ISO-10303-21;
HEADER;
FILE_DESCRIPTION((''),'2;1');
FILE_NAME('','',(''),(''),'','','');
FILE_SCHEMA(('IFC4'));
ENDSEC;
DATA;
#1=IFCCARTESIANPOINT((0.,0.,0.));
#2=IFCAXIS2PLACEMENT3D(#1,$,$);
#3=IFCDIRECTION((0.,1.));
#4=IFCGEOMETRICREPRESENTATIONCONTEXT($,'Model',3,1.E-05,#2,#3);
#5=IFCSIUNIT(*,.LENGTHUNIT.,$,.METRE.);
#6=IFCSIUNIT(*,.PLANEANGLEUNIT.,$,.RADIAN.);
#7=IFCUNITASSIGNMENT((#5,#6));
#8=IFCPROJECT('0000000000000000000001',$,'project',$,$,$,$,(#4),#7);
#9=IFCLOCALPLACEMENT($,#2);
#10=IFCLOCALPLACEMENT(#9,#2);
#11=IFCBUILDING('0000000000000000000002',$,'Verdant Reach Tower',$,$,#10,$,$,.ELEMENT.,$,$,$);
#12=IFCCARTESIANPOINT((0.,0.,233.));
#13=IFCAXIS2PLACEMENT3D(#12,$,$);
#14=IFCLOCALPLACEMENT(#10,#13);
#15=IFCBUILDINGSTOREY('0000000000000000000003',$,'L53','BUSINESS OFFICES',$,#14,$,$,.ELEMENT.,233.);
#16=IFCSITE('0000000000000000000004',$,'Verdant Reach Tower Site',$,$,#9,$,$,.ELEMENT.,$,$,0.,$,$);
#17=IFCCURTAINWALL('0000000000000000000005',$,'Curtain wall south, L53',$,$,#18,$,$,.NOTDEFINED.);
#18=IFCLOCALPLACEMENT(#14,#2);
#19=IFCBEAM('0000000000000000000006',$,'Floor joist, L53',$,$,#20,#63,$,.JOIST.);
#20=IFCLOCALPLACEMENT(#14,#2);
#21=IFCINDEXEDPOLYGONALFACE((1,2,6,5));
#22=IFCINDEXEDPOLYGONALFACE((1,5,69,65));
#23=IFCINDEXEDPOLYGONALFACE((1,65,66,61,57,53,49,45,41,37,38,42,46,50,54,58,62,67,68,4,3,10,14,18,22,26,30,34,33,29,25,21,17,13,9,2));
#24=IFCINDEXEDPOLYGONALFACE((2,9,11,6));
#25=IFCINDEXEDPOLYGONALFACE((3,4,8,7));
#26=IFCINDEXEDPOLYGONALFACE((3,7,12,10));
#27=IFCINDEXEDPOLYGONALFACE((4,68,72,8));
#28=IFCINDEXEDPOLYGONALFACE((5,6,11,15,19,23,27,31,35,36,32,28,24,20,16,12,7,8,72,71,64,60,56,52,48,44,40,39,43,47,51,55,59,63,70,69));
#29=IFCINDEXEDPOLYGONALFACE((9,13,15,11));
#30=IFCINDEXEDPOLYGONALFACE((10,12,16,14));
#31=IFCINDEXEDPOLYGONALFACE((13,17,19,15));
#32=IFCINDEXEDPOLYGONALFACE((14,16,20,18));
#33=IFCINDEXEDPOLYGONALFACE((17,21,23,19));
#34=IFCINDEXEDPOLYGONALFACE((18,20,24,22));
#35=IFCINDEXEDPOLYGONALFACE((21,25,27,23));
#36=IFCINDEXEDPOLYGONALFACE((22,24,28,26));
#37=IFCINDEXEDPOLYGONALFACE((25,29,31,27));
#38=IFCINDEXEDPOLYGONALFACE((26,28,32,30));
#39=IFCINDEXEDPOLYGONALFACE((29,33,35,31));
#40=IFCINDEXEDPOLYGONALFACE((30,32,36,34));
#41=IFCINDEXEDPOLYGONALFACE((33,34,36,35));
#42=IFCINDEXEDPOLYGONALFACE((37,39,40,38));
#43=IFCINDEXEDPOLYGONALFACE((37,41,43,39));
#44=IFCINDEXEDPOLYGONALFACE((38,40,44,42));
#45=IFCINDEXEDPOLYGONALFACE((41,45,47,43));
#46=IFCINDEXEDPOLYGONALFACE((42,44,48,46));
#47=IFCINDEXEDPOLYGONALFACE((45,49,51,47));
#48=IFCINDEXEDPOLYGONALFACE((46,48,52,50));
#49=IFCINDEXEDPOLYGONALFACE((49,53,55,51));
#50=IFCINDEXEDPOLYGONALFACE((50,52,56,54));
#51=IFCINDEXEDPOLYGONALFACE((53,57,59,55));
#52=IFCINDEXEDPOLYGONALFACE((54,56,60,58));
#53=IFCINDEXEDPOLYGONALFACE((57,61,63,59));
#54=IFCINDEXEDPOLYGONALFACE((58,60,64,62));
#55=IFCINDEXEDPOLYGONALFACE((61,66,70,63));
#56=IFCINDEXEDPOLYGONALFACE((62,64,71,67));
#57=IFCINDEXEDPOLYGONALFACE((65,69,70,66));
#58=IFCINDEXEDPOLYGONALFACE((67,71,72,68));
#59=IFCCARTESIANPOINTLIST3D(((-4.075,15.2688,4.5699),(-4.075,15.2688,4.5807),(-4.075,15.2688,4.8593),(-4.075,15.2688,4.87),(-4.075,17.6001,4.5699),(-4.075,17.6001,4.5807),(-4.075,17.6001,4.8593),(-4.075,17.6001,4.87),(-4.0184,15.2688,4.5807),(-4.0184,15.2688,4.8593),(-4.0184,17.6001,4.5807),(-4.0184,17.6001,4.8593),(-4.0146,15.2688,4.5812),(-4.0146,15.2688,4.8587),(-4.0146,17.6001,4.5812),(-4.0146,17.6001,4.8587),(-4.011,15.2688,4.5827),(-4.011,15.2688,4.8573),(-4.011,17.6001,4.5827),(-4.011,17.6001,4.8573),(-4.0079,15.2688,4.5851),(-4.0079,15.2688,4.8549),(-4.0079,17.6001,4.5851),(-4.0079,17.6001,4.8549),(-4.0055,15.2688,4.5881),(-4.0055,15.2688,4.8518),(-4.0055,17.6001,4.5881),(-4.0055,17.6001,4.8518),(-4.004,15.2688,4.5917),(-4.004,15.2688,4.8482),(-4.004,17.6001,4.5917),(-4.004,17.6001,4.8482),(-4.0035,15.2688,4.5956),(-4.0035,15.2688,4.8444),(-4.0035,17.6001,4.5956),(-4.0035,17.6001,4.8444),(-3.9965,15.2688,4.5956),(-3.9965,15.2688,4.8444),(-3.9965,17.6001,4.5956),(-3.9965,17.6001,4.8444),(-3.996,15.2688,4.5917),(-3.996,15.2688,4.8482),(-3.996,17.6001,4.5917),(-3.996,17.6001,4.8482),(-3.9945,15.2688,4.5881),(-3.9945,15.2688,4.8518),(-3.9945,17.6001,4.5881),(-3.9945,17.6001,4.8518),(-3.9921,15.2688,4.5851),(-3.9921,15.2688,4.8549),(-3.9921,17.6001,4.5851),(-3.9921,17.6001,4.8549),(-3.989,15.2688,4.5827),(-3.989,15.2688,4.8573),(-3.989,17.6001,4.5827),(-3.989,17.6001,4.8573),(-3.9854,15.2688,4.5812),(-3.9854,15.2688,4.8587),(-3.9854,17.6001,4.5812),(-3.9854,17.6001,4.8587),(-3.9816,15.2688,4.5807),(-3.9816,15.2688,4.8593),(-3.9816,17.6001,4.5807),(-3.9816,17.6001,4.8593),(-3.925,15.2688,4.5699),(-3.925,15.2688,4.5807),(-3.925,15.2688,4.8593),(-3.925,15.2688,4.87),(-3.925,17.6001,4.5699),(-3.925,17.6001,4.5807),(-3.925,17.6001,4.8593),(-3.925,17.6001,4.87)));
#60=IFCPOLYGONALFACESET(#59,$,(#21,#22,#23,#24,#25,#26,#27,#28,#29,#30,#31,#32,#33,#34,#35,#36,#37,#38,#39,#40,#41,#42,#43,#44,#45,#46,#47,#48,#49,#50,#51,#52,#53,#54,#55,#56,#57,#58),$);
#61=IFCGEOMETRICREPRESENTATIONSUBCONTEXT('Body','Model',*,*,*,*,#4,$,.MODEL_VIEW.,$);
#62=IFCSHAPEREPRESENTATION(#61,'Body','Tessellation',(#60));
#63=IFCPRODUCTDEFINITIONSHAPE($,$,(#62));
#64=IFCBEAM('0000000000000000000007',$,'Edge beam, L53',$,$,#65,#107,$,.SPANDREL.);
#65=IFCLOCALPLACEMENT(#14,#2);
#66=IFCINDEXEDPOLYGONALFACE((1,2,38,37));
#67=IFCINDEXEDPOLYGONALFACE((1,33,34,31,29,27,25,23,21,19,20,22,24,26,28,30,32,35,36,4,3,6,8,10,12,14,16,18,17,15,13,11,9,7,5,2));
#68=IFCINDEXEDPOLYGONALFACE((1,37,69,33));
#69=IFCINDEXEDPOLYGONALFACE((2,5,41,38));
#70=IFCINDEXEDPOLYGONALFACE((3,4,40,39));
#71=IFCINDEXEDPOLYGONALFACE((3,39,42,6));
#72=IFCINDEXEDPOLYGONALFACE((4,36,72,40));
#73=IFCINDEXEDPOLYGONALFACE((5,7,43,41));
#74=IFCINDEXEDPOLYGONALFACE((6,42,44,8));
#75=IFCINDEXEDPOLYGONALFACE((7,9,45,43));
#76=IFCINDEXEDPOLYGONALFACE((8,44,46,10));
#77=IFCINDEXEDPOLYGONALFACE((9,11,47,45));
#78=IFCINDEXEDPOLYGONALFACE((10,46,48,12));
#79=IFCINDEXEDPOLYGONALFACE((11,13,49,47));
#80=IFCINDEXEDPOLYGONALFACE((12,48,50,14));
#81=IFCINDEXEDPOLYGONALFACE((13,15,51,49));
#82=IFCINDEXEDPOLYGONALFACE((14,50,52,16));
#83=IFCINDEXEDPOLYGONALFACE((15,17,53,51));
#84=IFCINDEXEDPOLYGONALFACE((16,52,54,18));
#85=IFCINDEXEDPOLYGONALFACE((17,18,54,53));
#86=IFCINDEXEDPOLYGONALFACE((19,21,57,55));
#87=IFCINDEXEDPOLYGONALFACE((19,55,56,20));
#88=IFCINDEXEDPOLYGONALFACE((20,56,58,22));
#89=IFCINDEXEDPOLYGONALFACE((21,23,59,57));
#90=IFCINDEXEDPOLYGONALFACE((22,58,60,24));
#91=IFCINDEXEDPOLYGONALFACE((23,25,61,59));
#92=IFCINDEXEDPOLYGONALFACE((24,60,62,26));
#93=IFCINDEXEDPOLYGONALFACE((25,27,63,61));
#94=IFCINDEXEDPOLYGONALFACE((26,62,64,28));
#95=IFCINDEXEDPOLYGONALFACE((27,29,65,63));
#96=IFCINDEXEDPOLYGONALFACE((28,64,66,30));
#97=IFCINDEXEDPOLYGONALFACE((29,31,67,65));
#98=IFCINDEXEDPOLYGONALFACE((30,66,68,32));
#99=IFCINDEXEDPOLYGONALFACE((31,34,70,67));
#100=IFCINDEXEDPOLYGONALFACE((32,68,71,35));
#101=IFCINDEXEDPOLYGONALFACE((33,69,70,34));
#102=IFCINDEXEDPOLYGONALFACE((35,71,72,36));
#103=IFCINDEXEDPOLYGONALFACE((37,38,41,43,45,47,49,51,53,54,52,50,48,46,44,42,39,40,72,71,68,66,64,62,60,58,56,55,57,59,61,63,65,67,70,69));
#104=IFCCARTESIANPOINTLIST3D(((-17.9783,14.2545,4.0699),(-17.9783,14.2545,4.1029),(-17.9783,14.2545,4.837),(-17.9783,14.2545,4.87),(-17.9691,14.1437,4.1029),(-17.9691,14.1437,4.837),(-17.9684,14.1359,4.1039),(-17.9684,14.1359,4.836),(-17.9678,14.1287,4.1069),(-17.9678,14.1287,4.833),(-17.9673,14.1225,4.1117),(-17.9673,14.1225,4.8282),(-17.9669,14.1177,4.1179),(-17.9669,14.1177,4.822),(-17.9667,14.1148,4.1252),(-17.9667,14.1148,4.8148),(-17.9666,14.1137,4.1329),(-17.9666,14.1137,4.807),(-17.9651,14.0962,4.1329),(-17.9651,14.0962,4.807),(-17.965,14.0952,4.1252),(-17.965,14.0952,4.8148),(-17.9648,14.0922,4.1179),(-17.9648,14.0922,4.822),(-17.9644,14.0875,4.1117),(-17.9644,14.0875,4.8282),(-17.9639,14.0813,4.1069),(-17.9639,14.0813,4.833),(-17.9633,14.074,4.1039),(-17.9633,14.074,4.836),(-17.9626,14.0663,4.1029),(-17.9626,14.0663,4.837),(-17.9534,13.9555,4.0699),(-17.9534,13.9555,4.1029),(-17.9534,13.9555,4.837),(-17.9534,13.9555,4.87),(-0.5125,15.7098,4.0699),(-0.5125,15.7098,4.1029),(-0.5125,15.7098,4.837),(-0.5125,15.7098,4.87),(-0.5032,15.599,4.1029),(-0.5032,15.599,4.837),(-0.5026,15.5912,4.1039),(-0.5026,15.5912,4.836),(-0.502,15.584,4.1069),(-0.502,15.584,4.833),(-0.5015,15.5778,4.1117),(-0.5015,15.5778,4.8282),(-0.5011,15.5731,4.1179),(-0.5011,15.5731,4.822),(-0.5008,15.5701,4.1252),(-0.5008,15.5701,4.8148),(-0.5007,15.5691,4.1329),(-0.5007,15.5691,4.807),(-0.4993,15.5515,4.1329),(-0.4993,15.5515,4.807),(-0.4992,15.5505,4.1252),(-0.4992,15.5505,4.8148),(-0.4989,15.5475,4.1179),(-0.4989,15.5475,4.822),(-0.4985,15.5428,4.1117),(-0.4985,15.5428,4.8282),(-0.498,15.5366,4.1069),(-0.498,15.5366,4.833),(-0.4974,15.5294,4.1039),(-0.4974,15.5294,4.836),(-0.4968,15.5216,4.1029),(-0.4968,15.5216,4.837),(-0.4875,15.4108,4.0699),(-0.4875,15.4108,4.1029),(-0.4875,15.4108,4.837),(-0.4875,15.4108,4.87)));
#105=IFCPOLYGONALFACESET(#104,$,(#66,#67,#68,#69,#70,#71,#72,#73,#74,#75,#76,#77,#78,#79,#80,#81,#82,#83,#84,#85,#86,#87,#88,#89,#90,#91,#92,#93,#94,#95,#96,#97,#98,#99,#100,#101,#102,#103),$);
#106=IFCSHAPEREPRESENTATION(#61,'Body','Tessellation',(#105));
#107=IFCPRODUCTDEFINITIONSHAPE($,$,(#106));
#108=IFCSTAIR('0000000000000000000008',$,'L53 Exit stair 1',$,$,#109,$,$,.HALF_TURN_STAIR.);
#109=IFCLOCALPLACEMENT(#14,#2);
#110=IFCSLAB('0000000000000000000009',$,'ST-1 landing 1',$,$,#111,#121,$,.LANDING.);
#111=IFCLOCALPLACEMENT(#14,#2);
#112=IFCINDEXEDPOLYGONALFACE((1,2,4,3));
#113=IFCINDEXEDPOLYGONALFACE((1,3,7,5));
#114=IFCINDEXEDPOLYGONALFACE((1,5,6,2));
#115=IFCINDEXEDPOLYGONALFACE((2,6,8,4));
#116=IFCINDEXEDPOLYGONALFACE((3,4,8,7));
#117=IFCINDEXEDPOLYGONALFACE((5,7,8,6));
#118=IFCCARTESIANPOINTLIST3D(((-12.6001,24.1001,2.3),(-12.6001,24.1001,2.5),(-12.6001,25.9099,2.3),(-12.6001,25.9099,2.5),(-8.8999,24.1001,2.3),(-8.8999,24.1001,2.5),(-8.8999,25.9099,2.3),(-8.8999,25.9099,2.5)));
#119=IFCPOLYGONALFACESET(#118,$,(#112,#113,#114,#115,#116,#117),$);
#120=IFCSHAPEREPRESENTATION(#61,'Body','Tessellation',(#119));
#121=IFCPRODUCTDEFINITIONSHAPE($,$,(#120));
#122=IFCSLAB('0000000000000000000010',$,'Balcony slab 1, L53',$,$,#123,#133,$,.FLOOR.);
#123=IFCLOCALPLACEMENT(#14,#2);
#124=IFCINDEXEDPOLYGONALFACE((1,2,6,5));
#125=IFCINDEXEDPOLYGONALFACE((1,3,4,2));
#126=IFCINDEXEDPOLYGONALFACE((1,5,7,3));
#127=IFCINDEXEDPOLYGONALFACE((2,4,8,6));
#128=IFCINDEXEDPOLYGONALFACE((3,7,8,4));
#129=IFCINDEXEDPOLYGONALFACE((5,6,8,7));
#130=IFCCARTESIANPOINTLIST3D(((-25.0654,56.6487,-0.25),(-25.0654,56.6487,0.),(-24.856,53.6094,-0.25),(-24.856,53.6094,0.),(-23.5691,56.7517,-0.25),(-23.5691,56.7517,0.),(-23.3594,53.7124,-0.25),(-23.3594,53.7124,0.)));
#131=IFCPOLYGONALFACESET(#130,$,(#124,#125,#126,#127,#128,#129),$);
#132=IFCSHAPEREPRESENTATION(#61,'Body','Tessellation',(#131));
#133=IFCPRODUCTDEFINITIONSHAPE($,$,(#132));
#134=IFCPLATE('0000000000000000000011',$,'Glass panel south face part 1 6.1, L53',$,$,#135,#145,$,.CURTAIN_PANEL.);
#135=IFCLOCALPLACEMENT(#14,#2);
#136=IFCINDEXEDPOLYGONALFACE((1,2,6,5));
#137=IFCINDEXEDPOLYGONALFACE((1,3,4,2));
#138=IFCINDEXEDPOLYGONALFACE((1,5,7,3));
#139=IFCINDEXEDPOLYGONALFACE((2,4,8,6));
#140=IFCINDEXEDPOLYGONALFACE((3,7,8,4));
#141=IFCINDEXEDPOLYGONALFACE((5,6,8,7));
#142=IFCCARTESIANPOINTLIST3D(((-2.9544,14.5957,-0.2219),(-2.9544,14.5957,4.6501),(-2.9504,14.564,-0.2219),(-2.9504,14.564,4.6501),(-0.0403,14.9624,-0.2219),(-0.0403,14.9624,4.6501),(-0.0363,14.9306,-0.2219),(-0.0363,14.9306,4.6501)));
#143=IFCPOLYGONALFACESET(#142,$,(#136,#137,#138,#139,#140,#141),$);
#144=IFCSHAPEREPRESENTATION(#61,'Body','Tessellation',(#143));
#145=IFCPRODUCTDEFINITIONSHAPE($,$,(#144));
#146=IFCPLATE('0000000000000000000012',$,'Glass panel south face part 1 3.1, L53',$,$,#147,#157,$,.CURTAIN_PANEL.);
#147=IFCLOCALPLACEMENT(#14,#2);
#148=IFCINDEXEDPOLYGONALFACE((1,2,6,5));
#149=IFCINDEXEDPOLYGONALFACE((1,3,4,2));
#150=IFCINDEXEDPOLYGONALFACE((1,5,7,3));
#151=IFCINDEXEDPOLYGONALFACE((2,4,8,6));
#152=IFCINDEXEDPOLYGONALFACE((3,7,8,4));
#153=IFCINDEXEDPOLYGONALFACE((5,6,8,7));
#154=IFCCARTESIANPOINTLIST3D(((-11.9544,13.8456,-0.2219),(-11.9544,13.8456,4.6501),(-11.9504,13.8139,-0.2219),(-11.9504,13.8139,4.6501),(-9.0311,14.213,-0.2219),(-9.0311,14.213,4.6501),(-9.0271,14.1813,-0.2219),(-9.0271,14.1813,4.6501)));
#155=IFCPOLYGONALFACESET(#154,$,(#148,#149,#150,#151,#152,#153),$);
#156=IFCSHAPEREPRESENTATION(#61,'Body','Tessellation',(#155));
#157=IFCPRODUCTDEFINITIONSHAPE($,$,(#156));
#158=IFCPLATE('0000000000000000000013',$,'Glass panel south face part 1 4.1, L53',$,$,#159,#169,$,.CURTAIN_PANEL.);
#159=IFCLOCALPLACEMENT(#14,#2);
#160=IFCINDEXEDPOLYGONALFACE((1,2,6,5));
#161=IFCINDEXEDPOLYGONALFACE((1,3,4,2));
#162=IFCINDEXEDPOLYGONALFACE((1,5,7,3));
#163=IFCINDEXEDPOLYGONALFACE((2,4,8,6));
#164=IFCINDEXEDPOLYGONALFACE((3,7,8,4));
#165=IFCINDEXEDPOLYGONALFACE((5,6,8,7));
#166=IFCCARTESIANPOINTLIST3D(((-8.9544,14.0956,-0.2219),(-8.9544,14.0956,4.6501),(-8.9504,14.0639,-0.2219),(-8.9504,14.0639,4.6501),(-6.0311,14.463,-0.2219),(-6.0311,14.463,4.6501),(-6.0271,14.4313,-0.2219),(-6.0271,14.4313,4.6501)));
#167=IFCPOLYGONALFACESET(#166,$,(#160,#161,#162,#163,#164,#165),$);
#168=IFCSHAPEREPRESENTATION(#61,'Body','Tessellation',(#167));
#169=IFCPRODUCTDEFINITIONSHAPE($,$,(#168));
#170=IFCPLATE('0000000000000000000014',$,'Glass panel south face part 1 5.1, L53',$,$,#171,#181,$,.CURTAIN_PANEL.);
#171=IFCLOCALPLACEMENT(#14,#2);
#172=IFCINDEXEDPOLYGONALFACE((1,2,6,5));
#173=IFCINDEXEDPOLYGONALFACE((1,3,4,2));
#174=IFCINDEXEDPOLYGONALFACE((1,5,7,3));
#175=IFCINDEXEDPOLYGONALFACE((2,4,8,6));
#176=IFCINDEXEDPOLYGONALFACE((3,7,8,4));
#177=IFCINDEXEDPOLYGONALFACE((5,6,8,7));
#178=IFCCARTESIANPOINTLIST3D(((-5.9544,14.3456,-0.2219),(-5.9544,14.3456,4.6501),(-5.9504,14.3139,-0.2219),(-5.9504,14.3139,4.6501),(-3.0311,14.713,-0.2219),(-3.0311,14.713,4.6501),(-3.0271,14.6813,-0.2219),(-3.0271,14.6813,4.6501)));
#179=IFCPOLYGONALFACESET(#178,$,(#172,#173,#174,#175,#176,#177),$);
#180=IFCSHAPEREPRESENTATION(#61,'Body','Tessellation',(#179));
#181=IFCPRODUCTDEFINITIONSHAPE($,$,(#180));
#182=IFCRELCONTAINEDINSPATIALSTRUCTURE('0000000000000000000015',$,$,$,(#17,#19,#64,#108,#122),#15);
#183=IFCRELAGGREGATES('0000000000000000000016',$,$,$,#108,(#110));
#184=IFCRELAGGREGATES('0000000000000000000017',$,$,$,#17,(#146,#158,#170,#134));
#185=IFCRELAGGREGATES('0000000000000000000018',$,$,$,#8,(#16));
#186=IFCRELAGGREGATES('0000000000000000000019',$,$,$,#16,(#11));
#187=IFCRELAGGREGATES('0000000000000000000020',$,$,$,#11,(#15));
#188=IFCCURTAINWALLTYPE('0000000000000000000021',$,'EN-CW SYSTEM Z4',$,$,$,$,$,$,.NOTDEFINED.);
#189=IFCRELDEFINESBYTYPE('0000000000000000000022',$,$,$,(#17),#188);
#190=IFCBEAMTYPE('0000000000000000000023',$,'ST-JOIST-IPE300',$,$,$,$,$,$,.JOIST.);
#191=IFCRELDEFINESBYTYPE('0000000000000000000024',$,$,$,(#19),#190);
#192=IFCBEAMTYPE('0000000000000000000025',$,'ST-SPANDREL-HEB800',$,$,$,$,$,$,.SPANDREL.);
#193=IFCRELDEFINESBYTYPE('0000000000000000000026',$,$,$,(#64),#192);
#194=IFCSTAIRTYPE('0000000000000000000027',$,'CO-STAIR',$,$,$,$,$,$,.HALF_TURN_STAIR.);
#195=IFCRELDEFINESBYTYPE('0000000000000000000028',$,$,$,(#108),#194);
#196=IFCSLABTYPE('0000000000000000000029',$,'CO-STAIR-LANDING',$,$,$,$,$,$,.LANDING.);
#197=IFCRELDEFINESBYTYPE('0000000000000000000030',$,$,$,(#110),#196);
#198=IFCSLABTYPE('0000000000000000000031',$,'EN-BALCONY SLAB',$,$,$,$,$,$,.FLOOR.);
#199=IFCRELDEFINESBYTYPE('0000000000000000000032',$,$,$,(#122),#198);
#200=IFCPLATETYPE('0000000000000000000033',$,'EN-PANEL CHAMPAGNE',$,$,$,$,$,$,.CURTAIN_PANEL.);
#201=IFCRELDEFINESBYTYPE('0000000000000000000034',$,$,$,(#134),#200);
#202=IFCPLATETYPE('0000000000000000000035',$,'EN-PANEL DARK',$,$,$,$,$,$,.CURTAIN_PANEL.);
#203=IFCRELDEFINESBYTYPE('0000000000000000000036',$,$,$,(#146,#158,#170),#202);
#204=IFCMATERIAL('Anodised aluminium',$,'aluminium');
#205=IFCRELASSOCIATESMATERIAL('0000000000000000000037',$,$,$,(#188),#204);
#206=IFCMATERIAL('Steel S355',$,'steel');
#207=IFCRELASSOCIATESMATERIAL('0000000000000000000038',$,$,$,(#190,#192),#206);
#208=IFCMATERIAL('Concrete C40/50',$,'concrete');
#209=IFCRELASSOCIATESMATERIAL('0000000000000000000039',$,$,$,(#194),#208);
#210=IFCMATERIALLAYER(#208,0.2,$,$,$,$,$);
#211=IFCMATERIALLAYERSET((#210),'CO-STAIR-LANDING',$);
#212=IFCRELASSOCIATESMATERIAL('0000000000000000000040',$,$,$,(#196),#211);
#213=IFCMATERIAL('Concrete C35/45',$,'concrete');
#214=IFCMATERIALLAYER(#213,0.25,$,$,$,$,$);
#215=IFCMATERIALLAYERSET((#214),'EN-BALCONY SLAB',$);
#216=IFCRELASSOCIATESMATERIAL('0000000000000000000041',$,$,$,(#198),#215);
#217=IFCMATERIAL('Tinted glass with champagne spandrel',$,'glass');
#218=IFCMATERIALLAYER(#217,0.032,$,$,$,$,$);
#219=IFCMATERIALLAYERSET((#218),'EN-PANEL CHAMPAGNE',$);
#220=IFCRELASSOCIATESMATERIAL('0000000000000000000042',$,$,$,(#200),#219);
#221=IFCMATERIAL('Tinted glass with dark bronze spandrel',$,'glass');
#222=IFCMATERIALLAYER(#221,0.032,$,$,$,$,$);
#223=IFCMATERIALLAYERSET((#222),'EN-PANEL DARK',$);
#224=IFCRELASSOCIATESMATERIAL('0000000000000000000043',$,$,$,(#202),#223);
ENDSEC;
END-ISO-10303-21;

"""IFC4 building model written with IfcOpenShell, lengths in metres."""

from ifc_helpers import new_model, si_unit, direction, frame, origin, origin_2d, place, context, subcontext, project, spatial, polyline, rectangle, i_section, outline, extrude, material, layer, layer_set, material_profile, profile_set, type_object, element, aggregate, save


model = new_model("IFC4")

# Units and contexts
model_context = context("Model", 3, precision=1e-05, world=origin(), true_north=direction((0.0, 1.0)))
body_context = subcontext(model_context, "Body", "Model", "MODEL_VIEW")
ifc_project = project(units=[si_unit("LENGTHUNIT", "METRE"), si_unit("PLANEANGLEUNIT", "RADIAN")], contexts=[model_context])

# Site, building, storey
site_placement = place(None, origin())
site = spatial("IfcSite", under=ifc_project, at=site_placement, Name="Verdant Reach Tower Site", CompositionType="ELEMENT", RefElevation=0.0)
building_placement = place(site_placement, origin())
building = spatial("IfcBuilding", under=site, at=building_placement, Name="Verdant Reach Tower", CompositionType="ELEMENT")
storey_placement = place(building_placement, frame((0.0, 0.0, 233.0)))
storey = spatial("IfcBuildingStorey", under=building, at=storey_placement, Name="L53", Description="BUSINESS OFFICES", CompositionType="ELEMENT", Elevation=233.0)

# Curtain wall
ifc_material_1 = material(Name="Anodised aluminium", Category="aluminium")
curtain_wall_type = type_object("IfcCurtainWallType", Name="EN-CW SYSTEM Z4", PredefinedType="NOTDEFINED", material=ifc_material_1)
curtain_wall_placement = place(storey_placement, origin())
curtain_wall = element("IfcCurtainWall", 1, at=curtain_wall_placement, inside=storey, type_object=curtain_wall_type, Name="Curtain wall south, L53", PredefinedType="NOTDEFINED")

# Beams
ifc_material_2 = material(Name="Steel S355", Category="steel")
ifc_material_profile_1 = material_profile(ifc_material_2, i_section(OverallWidth=0.1499, OverallDepth=0.3, WebThickness=0.0071, FlangeThickness=0.0107, FilletRadius=0.0149, at=origin_2d()), Name="IPE 300")
ifc_profile_set_1 = profile_set([ifc_material_profile_1], Name="Steel S355")
beam_type_1 = type_object("IfcBeamType", Name="ST-JOIST-IPE300", PredefinedType="JOIST", material=ifc_profile_set_1)
beam_1_placement = place(storey_placement, frame((-4.0, 17.6001, 4.72), z_axis=(0.0, -1.0, 0.0), x_axis=(1.0, 0.0, 0.0)))
element("IfcBeam", 2, at=beam_1_placement, inside=storey, type_object=beam_type_1, Name="Floor joist, L53", PredefinedType="JOIST", context=body_context, shape_type="SweptSolid", body=[
    extrude(i_section(OverallWidth=0.1499, OverallDepth=0.3, WebThickness=0.0071, FlangeThickness=0.0107, FilletRadius=0.0149, at=origin_2d()), origin(), (0.0, 0.0, 1.0), 2.3313),
])
ifc_material_profile_2 = material_profile(ifc_material_2, i_section(OverallWidth=0.3, OverallDepth=0.8, WebThickness=0.0176, FlangeThickness=0.033, FilletRadius=0.03, at=origin_2d()), Name="HEB 800")
ifc_profile_set_2 = profile_set([ifc_material_profile_2], Name="Steel S355")
beam_type_2 = type_object("IfcBeamType", Name="ST-SPANDREL-HEB800", PredefinedType="SPANDREL", material=ifc_profile_set_2)
beam_2_placement = place(storey_placement, frame((-0.5, 15.5603, 4.47), z_axis=(-0.996547, -0.083036, 0.0), x_axis=(0.083036, -0.996547, 0.0)))
element("IfcBeam", 3, at=beam_2_placement, inside=storey, type_object=beam_type_2, Name="Edge beam, L53", PredefinedType="SPANDREL", context=body_context, shape_type="SweptSolid", body=[
    extrude(i_section(OverallWidth=0.3, OverallDepth=0.8, WebThickness=0.0176, FlangeThickness=0.033, FilletRadius=0.03, at=origin_2d()), origin(), (0.0, 0.0, 1.0), 17.5264),
])

# Stair, slab
ifc_material_3 = material(Name="Concrete C40/50", Category="concrete")
stair_type = type_object("IfcStairType", Name="CO-STAIR", PredefinedType="HALF_TURN_STAIR", material=ifc_material_3)
stair_placement = place(storey_placement, origin())
stair = element("IfcStair", 4, at=stair_placement, inside=storey, type_object=stair_type, Name="L53 Exit stair 1", PredefinedType="HALF_TURN_STAIR")
ifc_layer_1 = layer(ifc_material_3, 0.2)
ifc_layer_set_1 = layer_set([ifc_layer_1], Name="CO-STAIR-LANDING")
slab_type_1 = type_object("IfcSlabType", Name="CO-STAIR-LANDING", PredefinedType="LANDING", material=ifc_layer_set_1)
slab_1_placement = place(storey_placement, frame((0.0, 0.0, 2.3)))
slab_1 = element("IfcSlab", 5, at=slab_1_placement, type_object=slab_type_1, Name="ST-1 landing 1", PredefinedType="LANDING", context=body_context, shape_type="SweptSolid", body=[
    extrude(outline(polyline([(-12.6001, 25.9099), (-12.6001, 24.1001), (-8.8999, 24.1001), (-8.8999, 25.9099), (-12.6001, 25.9099)])), origin(), (0.0, 0.0, 1.0), 0.2),
])
aggregate(stair, [slab_1])

# Slab
ifc_material_4 = material(Name="Concrete C35/45", Category="concrete")
ifc_layer_2 = layer(ifc_material_4, 0.25)
ifc_layer_set_2 = layer_set([ifc_layer_2], Name="EN-BALCONY SLAB")
slab_type_2 = type_object("IfcSlabType", Name="EN-BALCONY SLAB", PredefinedType="FLOOR", material=ifc_layer_set_2)
slab_2_placement = place(storey_placement, frame((0.0, 0.0, -0.25)))
element("IfcSlab", 6, at=slab_2_placement, inside=storey, type_object=slab_type_2, Name="Balcony slab 1, L53", PredefinedType="FLOOR", context=body_context, shape_type="SweptSolid", body=[
    extrude(outline(polyline([(-23.5691, 56.7517), (-23.3594, 53.7124), (-24.856, 53.6094), (-25.0654, 56.6487), (-23.5691, 56.7517)])), origin(), (0.0, 0.0, 1.0), 0.25),
])

# Plates
ifc_material_5 = material(Name="Tinted glass with champagne spandrel", Category="glass")
ifc_layer_3 = layer(ifc_material_5, 0.032)
ifc_layer_set_3 = layer_set([ifc_layer_3], Name="EN-PANEL CHAMPAGNE")
plate_type_1 = type_object("IfcPlateType", Name="EN-PANEL CHAMPAGNE", PredefinedType="CURTAIN_PANEL", material=ifc_layer_set_3)
plate_1_placement = place(storey_placement, frame((-1.4954, 14.7632, -0.2219), z_axis=(0.0, 0.0, 1.0), x_axis=(0.992178, 0.124832, 0.0)))
plate_1 = element("IfcPlate", 7, at=plate_1_placement, type_object=plate_type_1, Name="Glass panel south face part 1 6.1, L53", PredefinedType="CURTAIN_PANEL", context=body_context, shape_type="SweptSolid", body=[
    extrude(rectangle(XDim=2.937, YDim=0.032, at=origin_2d()), origin(), (0.0, 0.0, 1.0), 4.8721),
])
ifc_material_6 = material(Name="Tinted glass with dark bronze spandrel", Category="glass")
ifc_layer_4 = layer(ifc_material_6, 0.032)
ifc_layer_set_4 = layer_set([ifc_layer_4], Name="EN-PANEL DARK")
plate_type_2 = type_object("IfcPlateType", Name="EN-PANEL DARK", PredefinedType="CURTAIN_PANEL", material=ifc_layer_set_4)
plate_2_placement = place(storey_placement, frame((-10.4907, 14.0134, -0.2219), z_axis=(0.0, 0.0, 1.0), x_axis=(0.992194, 0.124704, 0.0)))
plate_2 = element("IfcPlate", 8, at=plate_2_placement, type_object=plate_type_2, Name="Glass panel south face part 1 3.1, L53", PredefinedType="CURTAIN_PANEL", context=body_context, shape_type="SweptSolid", body=[
    extrude(rectangle(XDim=2.9463, YDim=0.032, at=origin_2d()), origin(), (0.0, 0.0, 1.0), 4.8721),
])
plate_3_placement = place(storey_placement, frame((-7.4907, 14.2634, -0.2219), z_axis=(0.0, 0.0, 1.0), x_axis=(0.992194, 0.124704, 0.0)))
plate_3 = element("IfcPlate", 9, at=plate_3_placement, type_object=plate_type_2, Name="Glass panel south face part 1 4.1, L53", PredefinedType="CURTAIN_PANEL", context=body_context, shape_type="SweptSolid", body=[
    extrude(rectangle(XDim=2.9463, YDim=0.032, at=origin_2d()), origin(), (0.0, 0.0, 1.0), 4.8721),
])
plate_4_placement = place(storey_placement, frame((-4.4907, 14.5134, -0.2219), z_axis=(0.0, 0.0, 1.0), x_axis=(0.992194, 0.124704, 0.0)))
plate_4 = element("IfcPlate", 10, at=plate_4_placement, type_object=plate_type_2, Name="Glass panel south face part 1 5.1, L53", PredefinedType="CURTAIN_PANEL", context=body_context, shape_type="SweptSolid", body=[
    extrude(rectangle(XDim=2.9463, YDim=0.032, at=origin_2d()), origin(), (0.0, 0.0, 1.0), 4.8721),
])
aggregate(curtain_wall, [plate_2, plate_3, plate_4, plate_1])

save(model, "model.ifc")
